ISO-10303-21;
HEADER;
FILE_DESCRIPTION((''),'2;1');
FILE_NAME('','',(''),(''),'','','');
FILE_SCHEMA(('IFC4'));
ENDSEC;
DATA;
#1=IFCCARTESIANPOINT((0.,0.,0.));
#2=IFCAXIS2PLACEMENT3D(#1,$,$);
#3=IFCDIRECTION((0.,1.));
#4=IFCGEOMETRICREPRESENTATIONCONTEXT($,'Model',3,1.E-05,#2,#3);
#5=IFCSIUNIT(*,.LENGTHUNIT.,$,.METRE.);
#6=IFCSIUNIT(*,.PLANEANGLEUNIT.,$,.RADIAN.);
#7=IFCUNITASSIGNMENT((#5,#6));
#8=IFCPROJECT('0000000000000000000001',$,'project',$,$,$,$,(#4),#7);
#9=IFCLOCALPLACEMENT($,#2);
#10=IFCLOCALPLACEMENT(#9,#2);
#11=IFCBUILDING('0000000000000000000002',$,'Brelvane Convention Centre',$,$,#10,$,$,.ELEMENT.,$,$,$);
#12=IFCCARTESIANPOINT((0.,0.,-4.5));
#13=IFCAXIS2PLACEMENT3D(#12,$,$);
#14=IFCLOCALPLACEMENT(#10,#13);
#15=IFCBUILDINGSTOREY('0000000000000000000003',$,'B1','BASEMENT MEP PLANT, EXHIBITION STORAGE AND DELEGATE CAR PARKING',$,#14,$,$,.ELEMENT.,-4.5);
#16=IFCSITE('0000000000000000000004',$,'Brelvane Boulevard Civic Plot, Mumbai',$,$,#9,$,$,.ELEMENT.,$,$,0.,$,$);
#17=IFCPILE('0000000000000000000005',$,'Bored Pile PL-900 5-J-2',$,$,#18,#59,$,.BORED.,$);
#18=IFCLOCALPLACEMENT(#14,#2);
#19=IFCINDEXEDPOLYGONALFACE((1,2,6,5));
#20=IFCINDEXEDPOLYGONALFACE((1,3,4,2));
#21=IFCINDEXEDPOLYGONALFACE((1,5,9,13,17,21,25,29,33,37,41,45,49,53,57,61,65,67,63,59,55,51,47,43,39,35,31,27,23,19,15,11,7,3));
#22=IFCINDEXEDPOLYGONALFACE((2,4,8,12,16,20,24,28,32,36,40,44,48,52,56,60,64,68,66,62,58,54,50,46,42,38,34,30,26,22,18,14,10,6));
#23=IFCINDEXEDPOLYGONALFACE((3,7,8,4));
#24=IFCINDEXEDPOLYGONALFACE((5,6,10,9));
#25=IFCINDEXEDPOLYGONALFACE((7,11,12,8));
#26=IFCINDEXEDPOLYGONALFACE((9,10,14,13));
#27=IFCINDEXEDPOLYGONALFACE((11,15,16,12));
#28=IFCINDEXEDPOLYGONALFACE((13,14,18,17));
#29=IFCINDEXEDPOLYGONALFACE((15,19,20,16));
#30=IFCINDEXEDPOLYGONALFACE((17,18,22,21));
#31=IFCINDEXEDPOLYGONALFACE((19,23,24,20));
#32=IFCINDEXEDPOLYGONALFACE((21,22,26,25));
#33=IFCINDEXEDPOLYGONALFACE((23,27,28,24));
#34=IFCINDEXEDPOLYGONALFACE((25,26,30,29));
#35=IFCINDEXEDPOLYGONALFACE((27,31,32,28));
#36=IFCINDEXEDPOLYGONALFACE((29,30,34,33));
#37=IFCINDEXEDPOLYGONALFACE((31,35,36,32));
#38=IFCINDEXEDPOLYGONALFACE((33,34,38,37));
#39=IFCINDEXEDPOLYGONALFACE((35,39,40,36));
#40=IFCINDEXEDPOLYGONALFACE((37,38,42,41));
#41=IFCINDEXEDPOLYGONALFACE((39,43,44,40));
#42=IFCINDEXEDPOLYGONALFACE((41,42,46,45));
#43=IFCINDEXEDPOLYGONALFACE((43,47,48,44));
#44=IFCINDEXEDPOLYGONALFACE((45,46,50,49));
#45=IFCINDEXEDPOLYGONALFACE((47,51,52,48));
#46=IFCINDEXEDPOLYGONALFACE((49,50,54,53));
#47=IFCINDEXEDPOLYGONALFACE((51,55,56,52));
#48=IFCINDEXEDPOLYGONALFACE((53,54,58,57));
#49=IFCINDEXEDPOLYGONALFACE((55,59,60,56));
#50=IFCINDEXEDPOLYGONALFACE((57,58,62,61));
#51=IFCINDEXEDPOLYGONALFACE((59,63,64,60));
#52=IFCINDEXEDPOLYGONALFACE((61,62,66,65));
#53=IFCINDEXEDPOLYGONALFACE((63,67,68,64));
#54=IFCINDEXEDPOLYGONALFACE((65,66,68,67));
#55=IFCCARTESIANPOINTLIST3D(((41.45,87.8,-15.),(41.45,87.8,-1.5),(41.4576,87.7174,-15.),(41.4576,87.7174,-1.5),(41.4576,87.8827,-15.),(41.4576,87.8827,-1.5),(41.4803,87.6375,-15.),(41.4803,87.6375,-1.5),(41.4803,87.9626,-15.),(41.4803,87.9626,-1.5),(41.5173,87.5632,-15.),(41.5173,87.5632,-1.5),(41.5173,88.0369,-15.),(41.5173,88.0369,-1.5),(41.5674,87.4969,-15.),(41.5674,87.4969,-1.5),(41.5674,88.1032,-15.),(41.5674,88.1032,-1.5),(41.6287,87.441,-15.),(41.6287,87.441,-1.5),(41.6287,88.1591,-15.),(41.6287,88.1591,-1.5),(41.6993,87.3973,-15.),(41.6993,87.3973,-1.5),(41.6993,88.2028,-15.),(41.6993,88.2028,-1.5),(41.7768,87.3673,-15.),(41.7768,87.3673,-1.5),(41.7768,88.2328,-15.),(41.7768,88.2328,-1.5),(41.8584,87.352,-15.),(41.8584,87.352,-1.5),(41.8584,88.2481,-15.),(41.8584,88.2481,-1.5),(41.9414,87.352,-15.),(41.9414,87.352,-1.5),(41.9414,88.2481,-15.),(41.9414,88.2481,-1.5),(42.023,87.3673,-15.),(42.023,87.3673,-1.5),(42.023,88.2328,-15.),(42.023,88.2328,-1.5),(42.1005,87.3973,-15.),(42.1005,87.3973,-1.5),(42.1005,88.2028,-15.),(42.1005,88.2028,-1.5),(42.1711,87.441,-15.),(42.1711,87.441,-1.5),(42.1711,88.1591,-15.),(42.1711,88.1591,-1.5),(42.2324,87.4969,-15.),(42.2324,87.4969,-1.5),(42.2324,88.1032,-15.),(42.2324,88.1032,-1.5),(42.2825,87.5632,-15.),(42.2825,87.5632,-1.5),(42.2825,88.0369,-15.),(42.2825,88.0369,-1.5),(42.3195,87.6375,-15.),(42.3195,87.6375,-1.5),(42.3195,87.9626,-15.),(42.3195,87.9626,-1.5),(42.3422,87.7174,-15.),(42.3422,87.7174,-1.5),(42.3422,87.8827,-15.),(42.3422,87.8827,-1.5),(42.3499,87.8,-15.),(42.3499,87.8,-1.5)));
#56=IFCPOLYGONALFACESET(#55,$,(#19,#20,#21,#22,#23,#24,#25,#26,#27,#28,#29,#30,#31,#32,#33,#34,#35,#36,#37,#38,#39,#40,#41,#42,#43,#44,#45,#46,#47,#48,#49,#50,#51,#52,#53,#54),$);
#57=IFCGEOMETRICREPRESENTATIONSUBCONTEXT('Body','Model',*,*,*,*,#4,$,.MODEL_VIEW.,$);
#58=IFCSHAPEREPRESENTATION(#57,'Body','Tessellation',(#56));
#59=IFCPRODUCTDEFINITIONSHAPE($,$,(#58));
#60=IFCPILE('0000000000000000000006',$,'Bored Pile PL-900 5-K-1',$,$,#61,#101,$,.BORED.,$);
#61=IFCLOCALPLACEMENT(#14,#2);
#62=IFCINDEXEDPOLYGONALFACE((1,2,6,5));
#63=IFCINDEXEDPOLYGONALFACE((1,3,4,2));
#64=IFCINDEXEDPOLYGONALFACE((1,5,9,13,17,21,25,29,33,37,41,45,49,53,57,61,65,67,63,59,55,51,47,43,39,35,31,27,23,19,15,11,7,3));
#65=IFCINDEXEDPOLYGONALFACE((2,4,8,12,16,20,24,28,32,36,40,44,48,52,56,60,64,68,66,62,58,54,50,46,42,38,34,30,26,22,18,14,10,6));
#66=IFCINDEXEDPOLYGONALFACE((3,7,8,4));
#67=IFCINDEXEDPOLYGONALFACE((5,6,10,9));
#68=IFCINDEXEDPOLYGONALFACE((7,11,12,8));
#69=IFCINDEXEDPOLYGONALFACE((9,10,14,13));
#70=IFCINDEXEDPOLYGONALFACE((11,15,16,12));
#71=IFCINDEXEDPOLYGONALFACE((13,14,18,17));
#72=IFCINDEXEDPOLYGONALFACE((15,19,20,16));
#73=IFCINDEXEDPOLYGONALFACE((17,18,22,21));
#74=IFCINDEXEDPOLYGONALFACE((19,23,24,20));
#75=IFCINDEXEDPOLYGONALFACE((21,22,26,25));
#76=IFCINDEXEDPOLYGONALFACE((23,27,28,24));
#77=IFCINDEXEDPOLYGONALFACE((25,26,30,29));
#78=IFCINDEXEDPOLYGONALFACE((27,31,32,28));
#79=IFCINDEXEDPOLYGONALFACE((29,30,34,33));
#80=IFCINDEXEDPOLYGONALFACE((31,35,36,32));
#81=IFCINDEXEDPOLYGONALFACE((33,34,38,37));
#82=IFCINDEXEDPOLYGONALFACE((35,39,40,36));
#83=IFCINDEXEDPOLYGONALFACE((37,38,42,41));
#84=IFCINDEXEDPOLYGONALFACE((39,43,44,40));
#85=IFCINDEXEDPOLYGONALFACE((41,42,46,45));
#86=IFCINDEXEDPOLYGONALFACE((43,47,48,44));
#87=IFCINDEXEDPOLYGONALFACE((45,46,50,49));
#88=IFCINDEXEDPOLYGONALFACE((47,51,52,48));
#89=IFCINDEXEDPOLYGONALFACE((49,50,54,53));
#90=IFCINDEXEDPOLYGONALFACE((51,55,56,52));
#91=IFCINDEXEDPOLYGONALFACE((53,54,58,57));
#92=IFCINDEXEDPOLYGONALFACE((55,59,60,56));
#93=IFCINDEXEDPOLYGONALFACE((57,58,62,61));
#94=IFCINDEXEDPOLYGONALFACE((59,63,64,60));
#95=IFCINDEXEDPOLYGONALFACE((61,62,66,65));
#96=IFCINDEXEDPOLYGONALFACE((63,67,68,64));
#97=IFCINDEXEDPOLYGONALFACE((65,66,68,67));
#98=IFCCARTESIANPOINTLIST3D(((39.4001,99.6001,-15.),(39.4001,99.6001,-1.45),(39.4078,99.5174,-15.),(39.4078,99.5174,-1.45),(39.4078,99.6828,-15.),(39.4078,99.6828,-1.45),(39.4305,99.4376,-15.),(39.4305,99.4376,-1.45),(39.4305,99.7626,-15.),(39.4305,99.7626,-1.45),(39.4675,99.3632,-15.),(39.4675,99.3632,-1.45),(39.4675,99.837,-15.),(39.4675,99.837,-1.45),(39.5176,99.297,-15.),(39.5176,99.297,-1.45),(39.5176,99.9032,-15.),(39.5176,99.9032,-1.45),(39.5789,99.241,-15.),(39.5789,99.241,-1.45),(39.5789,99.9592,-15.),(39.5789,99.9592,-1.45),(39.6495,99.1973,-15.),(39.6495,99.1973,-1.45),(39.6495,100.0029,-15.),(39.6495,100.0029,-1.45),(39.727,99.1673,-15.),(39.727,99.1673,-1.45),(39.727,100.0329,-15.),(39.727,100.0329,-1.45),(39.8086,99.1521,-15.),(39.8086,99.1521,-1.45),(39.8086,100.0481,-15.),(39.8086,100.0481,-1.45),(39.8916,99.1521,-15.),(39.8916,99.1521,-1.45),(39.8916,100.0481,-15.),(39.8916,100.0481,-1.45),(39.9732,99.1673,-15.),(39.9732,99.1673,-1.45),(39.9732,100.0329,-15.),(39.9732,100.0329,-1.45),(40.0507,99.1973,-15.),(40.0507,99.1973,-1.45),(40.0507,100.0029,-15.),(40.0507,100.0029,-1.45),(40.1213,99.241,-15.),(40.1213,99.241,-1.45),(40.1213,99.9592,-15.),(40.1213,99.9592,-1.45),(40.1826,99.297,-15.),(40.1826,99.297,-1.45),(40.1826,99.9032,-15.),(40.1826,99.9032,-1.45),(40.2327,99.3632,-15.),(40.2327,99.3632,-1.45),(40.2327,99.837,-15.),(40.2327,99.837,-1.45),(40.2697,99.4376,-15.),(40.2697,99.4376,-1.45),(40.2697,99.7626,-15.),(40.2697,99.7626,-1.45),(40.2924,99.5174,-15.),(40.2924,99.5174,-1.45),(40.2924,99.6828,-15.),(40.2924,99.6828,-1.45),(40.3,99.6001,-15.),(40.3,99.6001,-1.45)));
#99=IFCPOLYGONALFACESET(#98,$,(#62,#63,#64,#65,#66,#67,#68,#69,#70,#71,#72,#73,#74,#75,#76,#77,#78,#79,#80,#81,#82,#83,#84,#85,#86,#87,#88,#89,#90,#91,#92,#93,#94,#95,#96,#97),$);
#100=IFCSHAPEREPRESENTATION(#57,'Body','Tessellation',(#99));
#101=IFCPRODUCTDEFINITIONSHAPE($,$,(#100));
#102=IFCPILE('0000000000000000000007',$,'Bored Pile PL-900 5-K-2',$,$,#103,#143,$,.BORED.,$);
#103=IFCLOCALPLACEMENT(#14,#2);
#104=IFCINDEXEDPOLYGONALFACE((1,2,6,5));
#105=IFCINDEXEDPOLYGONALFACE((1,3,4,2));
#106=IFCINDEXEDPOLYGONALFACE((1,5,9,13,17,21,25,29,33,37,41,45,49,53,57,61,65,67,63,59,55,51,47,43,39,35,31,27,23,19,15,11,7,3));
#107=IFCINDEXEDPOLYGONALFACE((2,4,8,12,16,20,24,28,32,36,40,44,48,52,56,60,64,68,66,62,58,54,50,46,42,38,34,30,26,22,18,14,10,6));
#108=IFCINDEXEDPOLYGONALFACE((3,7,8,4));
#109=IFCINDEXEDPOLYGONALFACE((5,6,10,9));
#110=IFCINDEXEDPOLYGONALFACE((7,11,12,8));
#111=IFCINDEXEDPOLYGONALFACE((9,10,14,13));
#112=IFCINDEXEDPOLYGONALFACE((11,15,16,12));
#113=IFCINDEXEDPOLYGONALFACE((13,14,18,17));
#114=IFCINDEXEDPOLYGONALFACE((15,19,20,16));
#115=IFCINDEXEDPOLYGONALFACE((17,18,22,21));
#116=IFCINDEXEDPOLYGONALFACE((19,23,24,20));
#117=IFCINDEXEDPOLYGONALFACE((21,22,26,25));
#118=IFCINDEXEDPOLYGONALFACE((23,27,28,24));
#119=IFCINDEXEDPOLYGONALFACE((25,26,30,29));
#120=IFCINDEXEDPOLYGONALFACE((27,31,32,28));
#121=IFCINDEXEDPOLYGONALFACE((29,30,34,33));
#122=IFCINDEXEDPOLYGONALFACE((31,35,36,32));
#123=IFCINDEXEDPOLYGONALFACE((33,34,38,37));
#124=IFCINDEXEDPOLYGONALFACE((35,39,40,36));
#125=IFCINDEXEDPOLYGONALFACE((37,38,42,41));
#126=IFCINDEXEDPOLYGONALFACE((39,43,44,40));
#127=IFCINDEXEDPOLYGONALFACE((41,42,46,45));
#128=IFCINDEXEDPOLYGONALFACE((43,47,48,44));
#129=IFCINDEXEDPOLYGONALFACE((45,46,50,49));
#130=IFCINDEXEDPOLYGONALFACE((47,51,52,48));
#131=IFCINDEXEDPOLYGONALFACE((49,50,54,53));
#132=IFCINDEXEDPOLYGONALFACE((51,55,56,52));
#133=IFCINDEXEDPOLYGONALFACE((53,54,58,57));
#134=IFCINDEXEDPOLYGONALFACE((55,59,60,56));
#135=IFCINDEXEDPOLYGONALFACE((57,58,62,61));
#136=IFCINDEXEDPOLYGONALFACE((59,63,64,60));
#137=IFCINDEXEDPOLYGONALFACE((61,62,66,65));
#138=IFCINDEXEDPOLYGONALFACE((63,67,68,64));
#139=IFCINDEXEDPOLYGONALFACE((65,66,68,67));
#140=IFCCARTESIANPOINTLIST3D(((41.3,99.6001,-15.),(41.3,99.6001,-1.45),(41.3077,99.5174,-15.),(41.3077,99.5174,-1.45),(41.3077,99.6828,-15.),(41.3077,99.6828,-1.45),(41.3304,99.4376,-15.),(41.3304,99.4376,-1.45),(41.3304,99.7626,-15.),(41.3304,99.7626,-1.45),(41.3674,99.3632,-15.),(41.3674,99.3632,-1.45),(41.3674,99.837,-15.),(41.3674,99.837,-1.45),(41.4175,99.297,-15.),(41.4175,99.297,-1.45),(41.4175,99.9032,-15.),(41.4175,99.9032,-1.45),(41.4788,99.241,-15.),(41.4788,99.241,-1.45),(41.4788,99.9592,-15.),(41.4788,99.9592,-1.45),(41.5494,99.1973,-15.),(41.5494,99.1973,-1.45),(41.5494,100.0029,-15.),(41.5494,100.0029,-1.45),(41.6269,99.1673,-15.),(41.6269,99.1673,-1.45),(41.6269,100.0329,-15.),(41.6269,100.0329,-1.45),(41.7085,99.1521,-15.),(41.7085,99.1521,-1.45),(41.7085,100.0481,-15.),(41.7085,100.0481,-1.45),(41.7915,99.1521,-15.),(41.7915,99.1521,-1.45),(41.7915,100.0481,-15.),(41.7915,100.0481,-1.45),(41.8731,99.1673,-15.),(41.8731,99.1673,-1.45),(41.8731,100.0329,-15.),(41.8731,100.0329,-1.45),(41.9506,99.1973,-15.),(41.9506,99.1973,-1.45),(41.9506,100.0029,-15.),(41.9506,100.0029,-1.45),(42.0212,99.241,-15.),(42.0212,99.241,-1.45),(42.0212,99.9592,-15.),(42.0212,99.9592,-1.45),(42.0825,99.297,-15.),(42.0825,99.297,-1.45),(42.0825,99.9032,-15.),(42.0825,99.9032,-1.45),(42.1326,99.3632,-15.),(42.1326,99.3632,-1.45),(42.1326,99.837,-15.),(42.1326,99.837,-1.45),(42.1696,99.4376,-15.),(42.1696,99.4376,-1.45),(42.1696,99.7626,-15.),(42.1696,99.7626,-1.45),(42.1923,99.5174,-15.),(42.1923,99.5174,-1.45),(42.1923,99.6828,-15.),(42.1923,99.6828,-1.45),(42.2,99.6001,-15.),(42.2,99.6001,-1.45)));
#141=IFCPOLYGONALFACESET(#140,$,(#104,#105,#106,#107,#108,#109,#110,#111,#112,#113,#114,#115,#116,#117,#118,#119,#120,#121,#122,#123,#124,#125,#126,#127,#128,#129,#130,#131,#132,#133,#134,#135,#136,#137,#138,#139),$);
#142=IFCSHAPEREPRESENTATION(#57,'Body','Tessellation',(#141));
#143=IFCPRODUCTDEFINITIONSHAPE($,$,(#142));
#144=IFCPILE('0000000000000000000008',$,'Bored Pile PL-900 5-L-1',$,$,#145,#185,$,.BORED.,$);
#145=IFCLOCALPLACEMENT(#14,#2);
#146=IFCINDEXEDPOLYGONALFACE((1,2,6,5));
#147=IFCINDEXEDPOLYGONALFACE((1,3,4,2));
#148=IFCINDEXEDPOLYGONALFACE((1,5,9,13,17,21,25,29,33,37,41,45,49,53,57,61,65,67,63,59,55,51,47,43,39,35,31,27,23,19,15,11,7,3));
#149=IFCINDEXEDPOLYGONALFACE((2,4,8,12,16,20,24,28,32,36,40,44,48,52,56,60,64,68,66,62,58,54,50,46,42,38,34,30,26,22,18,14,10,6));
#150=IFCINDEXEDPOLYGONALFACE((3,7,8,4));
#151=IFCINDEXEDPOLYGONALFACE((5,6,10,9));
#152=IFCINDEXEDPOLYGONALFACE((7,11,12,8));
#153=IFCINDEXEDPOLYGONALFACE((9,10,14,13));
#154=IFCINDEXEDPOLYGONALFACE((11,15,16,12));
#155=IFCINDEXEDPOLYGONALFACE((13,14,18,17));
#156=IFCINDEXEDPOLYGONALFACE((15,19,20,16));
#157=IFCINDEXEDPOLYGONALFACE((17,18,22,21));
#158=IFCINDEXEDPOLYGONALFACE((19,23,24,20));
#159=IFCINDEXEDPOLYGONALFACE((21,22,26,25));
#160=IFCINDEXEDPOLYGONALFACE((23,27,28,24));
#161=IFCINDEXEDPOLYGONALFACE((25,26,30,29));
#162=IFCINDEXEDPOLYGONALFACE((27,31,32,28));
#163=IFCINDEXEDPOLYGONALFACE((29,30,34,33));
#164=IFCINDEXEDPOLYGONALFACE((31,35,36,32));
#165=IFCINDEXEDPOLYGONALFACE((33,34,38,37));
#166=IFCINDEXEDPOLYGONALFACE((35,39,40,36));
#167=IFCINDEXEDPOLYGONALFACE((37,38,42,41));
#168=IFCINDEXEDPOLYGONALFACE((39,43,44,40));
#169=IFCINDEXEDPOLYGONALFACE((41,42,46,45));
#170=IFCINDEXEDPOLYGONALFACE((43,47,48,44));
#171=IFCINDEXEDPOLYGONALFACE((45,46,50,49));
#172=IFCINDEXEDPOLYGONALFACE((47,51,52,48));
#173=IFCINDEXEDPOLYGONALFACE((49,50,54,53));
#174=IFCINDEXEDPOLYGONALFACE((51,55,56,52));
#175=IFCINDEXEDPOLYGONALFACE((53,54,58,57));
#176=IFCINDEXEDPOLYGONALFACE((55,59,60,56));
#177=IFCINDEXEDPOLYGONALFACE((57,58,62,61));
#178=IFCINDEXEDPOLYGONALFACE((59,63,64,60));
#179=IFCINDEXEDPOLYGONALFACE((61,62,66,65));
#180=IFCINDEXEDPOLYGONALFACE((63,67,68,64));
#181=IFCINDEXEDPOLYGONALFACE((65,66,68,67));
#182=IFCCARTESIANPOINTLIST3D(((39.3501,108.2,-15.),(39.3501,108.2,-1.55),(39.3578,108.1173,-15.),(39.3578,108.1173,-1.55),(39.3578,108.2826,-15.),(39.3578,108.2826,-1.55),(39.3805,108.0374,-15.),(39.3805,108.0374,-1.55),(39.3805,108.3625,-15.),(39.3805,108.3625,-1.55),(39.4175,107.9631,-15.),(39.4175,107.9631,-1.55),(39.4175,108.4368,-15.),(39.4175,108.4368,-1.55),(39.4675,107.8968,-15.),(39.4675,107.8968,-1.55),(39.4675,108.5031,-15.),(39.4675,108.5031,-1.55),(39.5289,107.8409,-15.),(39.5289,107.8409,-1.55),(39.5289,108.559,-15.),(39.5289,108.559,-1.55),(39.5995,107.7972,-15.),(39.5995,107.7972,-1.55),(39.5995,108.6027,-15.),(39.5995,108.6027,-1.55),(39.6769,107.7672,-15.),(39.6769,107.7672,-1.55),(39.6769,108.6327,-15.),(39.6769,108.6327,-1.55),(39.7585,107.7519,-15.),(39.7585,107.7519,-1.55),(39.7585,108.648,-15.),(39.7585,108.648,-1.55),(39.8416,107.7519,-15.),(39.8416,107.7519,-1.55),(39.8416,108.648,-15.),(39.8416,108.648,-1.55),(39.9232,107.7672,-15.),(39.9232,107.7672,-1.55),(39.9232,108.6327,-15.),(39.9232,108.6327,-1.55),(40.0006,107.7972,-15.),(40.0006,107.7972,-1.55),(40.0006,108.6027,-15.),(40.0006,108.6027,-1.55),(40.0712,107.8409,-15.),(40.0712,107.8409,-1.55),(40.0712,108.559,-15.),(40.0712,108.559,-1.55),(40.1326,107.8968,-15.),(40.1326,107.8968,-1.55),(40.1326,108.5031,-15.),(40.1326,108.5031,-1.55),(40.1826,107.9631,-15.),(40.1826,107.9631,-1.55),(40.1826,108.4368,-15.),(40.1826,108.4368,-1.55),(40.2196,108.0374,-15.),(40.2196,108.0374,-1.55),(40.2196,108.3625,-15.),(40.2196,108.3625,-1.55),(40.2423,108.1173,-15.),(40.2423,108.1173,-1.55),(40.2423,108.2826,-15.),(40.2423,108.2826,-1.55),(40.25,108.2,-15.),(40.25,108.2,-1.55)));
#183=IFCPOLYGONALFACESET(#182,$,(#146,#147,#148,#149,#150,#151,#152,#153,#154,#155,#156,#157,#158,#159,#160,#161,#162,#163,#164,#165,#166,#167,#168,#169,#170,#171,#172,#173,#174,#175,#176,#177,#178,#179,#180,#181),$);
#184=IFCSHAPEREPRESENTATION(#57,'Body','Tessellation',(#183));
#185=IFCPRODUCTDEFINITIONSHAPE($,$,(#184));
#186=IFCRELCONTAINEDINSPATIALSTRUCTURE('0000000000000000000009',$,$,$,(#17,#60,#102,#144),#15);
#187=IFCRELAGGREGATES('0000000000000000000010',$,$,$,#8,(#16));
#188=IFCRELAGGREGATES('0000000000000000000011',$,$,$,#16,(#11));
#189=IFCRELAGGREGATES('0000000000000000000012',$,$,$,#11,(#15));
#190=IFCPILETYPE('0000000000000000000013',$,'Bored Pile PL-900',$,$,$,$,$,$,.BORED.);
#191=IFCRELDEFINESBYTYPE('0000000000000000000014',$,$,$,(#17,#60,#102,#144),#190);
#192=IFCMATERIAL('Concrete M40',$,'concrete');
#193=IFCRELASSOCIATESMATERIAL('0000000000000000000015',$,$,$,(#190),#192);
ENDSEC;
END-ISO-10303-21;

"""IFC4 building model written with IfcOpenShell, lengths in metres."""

from ifc_helpers import new_model, si_unit, direction, frame, origin, origin_2d, place, context, subcontext, project, spatial, circle, extrude, material, material_profile, profile_set, type_object, element, save


model = new_model("IFC4")

# Units and contexts
model_context = context("Model", 3, precision=1e-05, world=origin(), true_north=direction((0.0, 1.0)))
body_context = subcontext(model_context, "Body", "Model", "MODEL_VIEW")
ifc_project = project(units=[si_unit("LENGTHUNIT", "METRE"), si_unit("PLANEANGLEUNIT", "RADIAN")], contexts=[model_context])

# Site, building, storey
site_placement = place(None, origin())
site = spatial("IfcSite", under=ifc_project, at=site_placement, Name="Brelvane Boulevard Civic Plot, Mumbai", CompositionType="ELEMENT", RefElevation=0.0)
building_placement = place(site_placement, origin())
building = spatial("IfcBuilding", under=site, at=building_placement, Name="Brelvane Convention Centre", CompositionType="ELEMENT")
storey_placement = place(building_placement, frame((0.0, 0.0, -4.5)))
storey = spatial("IfcBuildingStorey", under=building, at=storey_placement, Name="B1", Description="BASEMENT MEP PLANT, EXHIBITION STORAGE AND DELEGATE CAR PARKING", CompositionType="ELEMENT", Elevation=-4.5)

# Piles
ifc_material_1 = material(Name="Concrete M40", Category="concrete")
ifc_material_profile_1 = material_profile(ifc_material_1, circle(Radius=0.45, at=origin_2d()), Name="PILE D900")
ifc_profile_set_1 = profile_set([ifc_material_profile_1], Name="Concrete M40")
pile_type = type_object("IfcPileType", Name="Bored Pile PL-900", PredefinedType="BORED", material=ifc_profile_set_1)
for number, where, z_axis, x_axis, name in (
    (1, (41.8999, 87.8, -1.5), (0.0, 0.0, -1.0), (1.0, 0.0, 0.0), "Bored Pile PL-900 5-J-2"),
):
    element("IfcPile", number, at=place(storey_placement, frame(where, z_axis=z_axis, x_axis=x_axis)), inside=storey, type_object=pile_type, Name=name, PredefinedType="BORED", context=body_context, shape_type="SweptSolid", body=[
        extrude(circle(Radius=0.45, at=origin_2d()), origin(), (0.0, 0.0, 1.0), 13.5),
    ])
for number, where, z_axis, x_axis, name in (
    (2, (39.8501, 99.6001, -1.45), (0.0, 0.0, -1.0), (1.0, 0.0, 0.0), "Bored Pile PL-900 5-K-1"),
    (3, (41.75, 99.6001, -1.45), (0.0, 0.0, -1.0), (1.0, 0.0, 0.0), "Bored Pile PL-900 5-K-2"),
):
    element("IfcPile", number, at=place(storey_placement, frame(where, z_axis=z_axis, x_axis=x_axis)), inside=storey, type_object=pile_type, Name=name, PredefinedType="BORED", context=body_context, shape_type="SweptSolid", body=[
        extrude(circle(Radius=0.45, at=origin_2d()), origin(), (0.0, 0.0, 1.0), 13.55),
    ])
for number, where, z_axis, x_axis, name in (
    (4, (39.8, 108.2, -1.55), (0.0, 0.0, -1.0), (1.0, 0.0, 0.0), "Bored Pile PL-900 5-L-1"),
):
    element("IfcPile", number, at=place(storey_placement, frame(where, z_axis=z_axis, x_axis=x_axis)), inside=storey, type_object=pile_type, Name=name, PredefinedType="BORED", context=body_context, shape_type="SweptSolid", body=[
        extrude(circle(Radius=0.45, at=origin_2d()), origin(), (0.0, 0.0, 1.0), 13.45),
    ])

save(model, "model.ifc")
